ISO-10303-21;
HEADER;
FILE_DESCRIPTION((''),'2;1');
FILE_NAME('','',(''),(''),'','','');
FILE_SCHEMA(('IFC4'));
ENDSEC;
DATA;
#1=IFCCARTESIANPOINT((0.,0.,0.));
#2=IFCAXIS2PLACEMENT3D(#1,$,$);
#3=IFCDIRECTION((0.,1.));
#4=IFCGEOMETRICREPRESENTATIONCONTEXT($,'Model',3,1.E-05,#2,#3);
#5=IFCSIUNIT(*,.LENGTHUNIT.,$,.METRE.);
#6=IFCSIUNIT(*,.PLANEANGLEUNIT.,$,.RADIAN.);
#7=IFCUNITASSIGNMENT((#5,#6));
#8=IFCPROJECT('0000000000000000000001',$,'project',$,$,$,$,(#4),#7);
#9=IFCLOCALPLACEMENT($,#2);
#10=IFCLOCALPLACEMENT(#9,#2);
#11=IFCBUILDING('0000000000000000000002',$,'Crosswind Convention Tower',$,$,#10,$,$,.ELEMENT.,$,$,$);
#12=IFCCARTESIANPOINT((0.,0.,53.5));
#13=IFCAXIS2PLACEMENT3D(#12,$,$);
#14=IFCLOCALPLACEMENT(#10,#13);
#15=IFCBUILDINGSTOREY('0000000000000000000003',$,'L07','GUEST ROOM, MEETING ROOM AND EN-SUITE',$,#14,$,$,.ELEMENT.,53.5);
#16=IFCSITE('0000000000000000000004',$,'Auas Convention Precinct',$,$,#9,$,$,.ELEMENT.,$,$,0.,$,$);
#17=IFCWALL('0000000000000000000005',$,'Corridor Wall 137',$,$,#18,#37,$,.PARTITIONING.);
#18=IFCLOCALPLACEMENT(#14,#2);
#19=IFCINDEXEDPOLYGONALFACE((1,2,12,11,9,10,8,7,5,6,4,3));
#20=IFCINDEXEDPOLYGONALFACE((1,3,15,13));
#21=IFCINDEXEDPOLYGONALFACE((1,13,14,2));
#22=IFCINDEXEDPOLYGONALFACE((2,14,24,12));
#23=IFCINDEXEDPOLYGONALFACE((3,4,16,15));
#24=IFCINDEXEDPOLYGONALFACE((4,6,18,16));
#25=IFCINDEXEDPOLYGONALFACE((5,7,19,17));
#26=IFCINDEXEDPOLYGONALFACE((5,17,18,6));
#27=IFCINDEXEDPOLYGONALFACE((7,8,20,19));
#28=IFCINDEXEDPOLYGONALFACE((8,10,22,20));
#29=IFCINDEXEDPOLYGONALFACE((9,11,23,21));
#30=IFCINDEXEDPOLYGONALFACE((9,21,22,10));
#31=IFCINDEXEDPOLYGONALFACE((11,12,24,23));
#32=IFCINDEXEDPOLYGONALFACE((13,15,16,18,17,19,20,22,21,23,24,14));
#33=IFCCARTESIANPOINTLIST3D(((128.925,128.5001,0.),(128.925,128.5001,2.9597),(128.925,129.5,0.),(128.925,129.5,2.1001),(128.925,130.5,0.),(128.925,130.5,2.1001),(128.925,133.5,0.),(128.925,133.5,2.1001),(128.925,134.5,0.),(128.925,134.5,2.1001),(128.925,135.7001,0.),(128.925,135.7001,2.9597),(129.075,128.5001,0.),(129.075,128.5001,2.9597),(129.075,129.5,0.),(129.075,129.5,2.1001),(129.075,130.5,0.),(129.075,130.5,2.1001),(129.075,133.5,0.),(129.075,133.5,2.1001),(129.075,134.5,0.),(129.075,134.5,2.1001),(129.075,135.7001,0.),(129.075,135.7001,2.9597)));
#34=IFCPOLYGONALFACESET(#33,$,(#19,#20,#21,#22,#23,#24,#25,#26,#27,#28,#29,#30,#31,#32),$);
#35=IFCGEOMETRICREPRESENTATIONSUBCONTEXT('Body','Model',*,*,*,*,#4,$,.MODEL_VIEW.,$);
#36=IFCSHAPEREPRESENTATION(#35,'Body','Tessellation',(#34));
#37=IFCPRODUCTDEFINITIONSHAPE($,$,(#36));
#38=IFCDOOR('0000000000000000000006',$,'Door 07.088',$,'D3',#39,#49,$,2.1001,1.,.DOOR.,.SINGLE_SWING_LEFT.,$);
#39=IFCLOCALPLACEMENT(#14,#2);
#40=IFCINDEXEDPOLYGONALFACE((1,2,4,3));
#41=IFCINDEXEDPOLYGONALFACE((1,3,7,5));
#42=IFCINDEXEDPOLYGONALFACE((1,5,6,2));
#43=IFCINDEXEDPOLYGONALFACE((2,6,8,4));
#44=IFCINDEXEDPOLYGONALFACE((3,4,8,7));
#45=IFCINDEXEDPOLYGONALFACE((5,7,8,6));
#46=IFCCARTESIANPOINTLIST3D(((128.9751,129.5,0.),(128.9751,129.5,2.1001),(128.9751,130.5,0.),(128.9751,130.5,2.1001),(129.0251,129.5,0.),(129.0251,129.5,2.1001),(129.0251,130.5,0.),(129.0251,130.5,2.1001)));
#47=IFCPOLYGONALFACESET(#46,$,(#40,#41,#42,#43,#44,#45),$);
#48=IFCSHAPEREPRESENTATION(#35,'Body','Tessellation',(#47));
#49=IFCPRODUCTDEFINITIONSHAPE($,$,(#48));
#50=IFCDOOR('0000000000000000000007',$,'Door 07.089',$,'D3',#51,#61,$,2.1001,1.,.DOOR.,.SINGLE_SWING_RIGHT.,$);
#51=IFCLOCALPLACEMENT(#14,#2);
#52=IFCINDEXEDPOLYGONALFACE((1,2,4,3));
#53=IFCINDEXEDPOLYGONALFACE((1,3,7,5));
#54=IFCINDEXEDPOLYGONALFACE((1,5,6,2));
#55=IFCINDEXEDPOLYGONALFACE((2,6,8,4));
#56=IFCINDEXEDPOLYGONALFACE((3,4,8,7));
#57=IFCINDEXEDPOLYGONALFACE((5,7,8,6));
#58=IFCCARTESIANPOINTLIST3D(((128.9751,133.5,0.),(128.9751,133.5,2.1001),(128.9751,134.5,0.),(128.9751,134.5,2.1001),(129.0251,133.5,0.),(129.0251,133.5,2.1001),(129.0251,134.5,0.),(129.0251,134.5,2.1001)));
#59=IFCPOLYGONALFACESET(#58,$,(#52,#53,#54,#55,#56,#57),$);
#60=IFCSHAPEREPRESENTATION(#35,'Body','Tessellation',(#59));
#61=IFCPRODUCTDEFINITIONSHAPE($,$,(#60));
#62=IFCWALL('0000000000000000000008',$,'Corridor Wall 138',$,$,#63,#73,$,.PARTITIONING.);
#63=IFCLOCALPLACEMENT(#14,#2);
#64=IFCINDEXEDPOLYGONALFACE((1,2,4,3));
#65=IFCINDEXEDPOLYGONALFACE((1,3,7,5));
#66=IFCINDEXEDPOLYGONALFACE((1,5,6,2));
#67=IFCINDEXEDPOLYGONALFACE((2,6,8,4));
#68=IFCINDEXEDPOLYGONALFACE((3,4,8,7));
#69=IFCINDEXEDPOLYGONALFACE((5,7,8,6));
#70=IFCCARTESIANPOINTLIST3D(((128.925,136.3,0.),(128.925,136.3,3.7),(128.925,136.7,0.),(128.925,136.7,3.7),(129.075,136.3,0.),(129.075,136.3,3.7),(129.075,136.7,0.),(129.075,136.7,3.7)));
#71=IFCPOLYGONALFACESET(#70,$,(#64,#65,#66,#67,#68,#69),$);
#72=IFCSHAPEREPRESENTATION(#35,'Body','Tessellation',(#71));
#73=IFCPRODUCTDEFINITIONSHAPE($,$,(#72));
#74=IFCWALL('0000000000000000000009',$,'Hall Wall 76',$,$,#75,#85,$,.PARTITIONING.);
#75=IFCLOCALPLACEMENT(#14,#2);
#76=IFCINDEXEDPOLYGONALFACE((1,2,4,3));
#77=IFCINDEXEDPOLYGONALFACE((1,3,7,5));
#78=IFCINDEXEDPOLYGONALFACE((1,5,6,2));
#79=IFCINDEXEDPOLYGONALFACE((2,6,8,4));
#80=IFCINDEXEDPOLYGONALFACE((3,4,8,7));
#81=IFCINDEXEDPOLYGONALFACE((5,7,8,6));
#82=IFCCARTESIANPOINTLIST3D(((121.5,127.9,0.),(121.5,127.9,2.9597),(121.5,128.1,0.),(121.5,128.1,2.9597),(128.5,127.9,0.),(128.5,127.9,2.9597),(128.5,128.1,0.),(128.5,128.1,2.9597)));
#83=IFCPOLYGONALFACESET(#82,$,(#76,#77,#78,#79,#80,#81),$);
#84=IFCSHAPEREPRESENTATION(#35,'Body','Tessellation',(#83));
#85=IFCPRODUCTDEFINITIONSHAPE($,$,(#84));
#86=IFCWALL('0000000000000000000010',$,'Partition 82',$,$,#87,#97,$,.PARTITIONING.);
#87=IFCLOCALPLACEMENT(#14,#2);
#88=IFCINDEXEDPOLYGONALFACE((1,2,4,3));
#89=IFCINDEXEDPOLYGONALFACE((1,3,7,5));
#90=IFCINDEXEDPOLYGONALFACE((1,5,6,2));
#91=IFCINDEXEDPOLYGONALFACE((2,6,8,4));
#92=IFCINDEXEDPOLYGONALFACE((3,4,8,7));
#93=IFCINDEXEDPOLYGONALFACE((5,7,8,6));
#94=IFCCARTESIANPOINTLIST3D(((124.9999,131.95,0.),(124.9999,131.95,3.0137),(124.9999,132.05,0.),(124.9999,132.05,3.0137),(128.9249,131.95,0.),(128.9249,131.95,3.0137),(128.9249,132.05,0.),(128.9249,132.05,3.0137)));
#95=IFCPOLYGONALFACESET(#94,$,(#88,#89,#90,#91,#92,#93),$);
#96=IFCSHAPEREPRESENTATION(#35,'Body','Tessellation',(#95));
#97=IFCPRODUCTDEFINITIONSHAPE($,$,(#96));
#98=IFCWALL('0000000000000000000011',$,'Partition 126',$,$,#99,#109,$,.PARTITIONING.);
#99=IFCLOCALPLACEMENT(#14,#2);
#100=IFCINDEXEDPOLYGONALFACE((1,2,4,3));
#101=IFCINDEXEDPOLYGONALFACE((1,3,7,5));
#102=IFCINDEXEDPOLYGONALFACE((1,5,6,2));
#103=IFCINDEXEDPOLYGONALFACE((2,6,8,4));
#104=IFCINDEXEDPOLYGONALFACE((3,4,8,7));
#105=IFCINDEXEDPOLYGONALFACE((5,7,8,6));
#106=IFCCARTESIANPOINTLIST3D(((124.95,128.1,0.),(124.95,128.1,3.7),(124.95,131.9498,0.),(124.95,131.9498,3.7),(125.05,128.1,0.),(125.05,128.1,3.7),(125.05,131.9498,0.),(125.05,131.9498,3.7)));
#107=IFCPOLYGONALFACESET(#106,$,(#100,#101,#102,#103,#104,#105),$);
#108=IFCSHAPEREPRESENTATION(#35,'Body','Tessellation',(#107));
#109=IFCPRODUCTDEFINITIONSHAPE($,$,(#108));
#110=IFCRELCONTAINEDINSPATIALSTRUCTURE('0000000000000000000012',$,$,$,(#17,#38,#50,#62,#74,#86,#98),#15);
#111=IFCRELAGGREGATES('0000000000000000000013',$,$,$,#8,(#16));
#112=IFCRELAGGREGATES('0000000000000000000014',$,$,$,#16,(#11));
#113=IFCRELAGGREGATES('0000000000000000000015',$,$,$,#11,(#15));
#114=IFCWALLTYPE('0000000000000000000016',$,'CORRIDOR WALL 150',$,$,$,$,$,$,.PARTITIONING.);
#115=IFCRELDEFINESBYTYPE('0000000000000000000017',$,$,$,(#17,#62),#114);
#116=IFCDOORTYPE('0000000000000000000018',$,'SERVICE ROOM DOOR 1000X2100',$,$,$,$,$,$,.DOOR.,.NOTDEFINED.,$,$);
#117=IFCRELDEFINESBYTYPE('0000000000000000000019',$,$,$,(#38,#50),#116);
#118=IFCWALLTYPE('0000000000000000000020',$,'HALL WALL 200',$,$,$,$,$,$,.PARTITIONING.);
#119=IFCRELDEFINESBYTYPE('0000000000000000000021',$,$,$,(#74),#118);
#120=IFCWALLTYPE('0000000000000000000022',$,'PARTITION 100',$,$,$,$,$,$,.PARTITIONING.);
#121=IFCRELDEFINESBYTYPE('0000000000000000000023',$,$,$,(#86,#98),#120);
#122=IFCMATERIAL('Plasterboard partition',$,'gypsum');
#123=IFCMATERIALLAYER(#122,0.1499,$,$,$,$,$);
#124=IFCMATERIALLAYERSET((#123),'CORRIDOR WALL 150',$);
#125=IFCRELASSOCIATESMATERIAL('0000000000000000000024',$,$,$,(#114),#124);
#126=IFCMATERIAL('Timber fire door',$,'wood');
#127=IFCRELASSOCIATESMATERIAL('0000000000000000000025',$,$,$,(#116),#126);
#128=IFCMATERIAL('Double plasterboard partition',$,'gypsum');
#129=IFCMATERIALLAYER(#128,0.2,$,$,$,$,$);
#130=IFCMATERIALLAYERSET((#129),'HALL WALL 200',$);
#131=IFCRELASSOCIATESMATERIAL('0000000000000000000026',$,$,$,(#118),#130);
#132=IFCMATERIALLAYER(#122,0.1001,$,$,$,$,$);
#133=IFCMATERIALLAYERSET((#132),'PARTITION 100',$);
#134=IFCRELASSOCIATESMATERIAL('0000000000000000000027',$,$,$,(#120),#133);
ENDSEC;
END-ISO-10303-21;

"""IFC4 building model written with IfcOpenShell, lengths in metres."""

from ifc_helpers import new_model, si_unit, direction, frame, frame_2d, origin, place, context, subcontext, project, spatial, rectangle, extrude, material, layer, layer_set, type_object, element, fill, save


model = new_model("IFC4")

# Units and contexts
model_context = context("Model", 3, precision=1e-05, world=origin(), true_north=direction((0.0, 1.0)))
body_context = subcontext(model_context, "Body", "Model", "MODEL_VIEW")
ifc_project = project(units=[si_unit("LENGTHUNIT", "METRE"), si_unit("PLANEANGLEUNIT", "RADIAN")], contexts=[model_context])

# Site, building, storey
site_placement = place(None, origin())
site = spatial("IfcSite", under=ifc_project, at=site_placement, Name="Auas Convention Precinct", CompositionType="ELEMENT", RefElevation=0.0)
building_placement = place(site_placement, origin())
building = spatial("IfcBuilding", under=site, at=building_placement, Name="Crosswind Convention Tower", CompositionType="ELEMENT")
storey_placement = place(building_placement, frame((0.0, 0.0, 53.5)))
storey = spatial("IfcBuildingStorey", under=building, at=storey_placement, Name="L07", Description="GUEST ROOM, MEETING ROOM AND EN-SUITE", CompositionType="ELEMENT", Elevation=53.5)

# Wall, openings, doors
ifc_material_1 = material(Name="Plasterboard partition", Category="gypsum")
ifc_layer_1 = layer(ifc_material_1, 0.1499)
ifc_layer_set_1 = layer_set([ifc_layer_1], Name="CORRIDOR WALL 150")
wall_type_1 = type_object("IfcWallType", Name="CORRIDOR WALL 150", PredefinedType="PARTITIONING", material=ifc_layer_set_1)
wall_1_placement = place(storey_placement, frame((129.0, 128.5, 0.0), z_axis=(0.0, 0.0, 1.0), x_axis=(0.0, 1.0, 0.0)))
wall_1 = element("IfcWall", 1, at=wall_1_placement, inside=storey, type_object=wall_type_1, Name="Corridor Wall 137", PredefinedType="PARTITIONING", context=body_context, shape_type="SweptSolid", body=[
    extrude(rectangle(XDim=7.2, YDim=0.1499, at=frame_2d((3.6001, 0.0))), origin(), (0.0, 0.0, 1.0), 2.9597),
])
opening_1_placement = place(wall_1_placement, frame((1.0, 0.0, 0.0)))
opening_1 = element("IfcOpeningElement", 2, at=opening_1_placement, cuts=wall_1, PredefinedType="OPENING", context=body_context, shape_type="SweptSolid", body=[
    extrude(rectangle(XDim=1.0, YDim=2.1001, at=frame_2d((0.5, 1.05))), frame((0.0, 0.085, 0.0), z_axis=(0.0, -1.0, 0.0), x_axis=(1.0, 0.0, 0.0)), (0.0, 0.0, 1.0), 0.1699),
])
opening_2_placement = place(wall_1_placement, frame((5.0, 0.0, 0.0)))
opening_2 = element("IfcOpeningElement", 3, at=opening_2_placement, cuts=wall_1, PredefinedType="OPENING", context=body_context, shape_type="SweptSolid", body=[
    extrude(rectangle(XDim=1.0, YDim=2.1001, at=frame_2d((0.5, 1.05))), frame((0.0, 0.085, 0.0), z_axis=(0.0, -1.0, 0.0), x_axis=(1.0, 0.0, 0.0)), (0.0, 0.0, 1.0), 0.1699),
])
ifc_material_2 = material(Name="Timber fire door", Category="wood")
door_type = type_object("IfcDoorType", Name="SERVICE ROOM DOOR 1000X2100", OperationType="NOTDEFINED", PredefinedType="DOOR", material=ifc_material_2)
door_1_placement = place(opening_1_placement, origin())
door_1 = element("IfcDoor", 4, at=door_1_placement, inside=storey, type_object=door_type, Name="Door 07.088", ObjectType="D3", OperationType="SINGLE_SWING_LEFT", OverallHeight=2.1001, OverallWidth=1.0, PredefinedType="DOOR", context=body_context, shape_type="SweptSolid", body=[
    extrude(rectangle(XDim=1.0, YDim=2.1001, at=frame_2d((0.5, 1.05))), frame((0.0, 0.0249, 0.0), z_axis=(0.0, -1.0, 0.0), x_axis=(1.0, 0.0, 0.0)), (0.0, 0.0, 1.0), 0.05),
])
fill(opening_1, door_1)
door_2_placement = place(opening_2_placement, origin())
door_2 = element("IfcDoor", 5, at=door_2_placement, inside=storey, type_object=door_type, Name="Door 07.089", ObjectType="D3", OperationType="SINGLE_SWING_RIGHT", OverallHeight=2.1001, OverallWidth=1.0, PredefinedType="DOOR", context=body_context, shape_type="SweptSolid", body=[
    extrude(rectangle(XDim=1.0, YDim=2.1001, at=frame_2d((0.5, 1.05))), frame((0.0, 0.0249, 0.0), z_axis=(0.0, -1.0, 0.0), x_axis=(1.0, 0.0, 0.0)), (0.0, 0.0, 1.0), 0.05),
])
fill(opening_2, door_2)

# Walls
wall_2_placement = place(storey_placement, frame((129.0, 136.3, 0.0), z_axis=(0.0, 0.0, 1.0), x_axis=(0.0, 1.0, 0.0)))
element("IfcWall", 6, at=wall_2_placement, inside=storey, type_object=wall_type_1, Name="Corridor Wall 138", PredefinedType="PARTITIONING", context=body_context, shape_type="SweptSolid", body=[
    extrude(rectangle(XDim=0.3999, YDim=0.1499, at=frame_2d((0.2, 0.0))), origin(), (0.0, 0.0, 1.0), 3.7),
])
ifc_material_3 = material(Name="Double plasterboard partition", Category="gypsum")
ifc_layer_2 = layer(ifc_material_3, 0.2)
ifc_layer_set_2 = layer_set([ifc_layer_2], Name="HALL WALL 200")
wall_type_2 = type_object("IfcWallType", Name="HALL WALL 200", PredefinedType="PARTITIONING", material=ifc_layer_set_2)
wall_3_placement = place(storey_placement, frame((121.5, 128.0, 0.0), z_axis=(0.0, 0.0, 1.0), x_axis=(1.0, 0.0, 0.0)))
element("IfcWall", 7, at=wall_3_placement, inside=storey, type_object=wall_type_2, Name="Hall Wall 76", PredefinedType="PARTITIONING", context=body_context, shape_type="SweptSolid", body=[
    extrude(rectangle(XDim=7.0, YDim=0.2, at=frame_2d((3.5, 0.0))), origin(), (0.0, 0.0, 1.0), 2.9597),
])
ifc_layer_3 = layer(ifc_material_1, 0.1001)
ifc_layer_set_3 = layer_set([ifc_layer_3], Name="PARTITION 100")
wall_type_3 = type_object("IfcWallType", Name="PARTITION 100", PredefinedType="PARTITIONING", material=ifc_layer_set_3)
wall_4_placement = place(storey_placement, frame((125.0, 132.0, 0.0), z_axis=(0.0, 0.0, 1.0), x_axis=(1.0, 0.0, 0.0)))
element("IfcWall", 8, at=wall_4_placement, inside=storey, type_object=wall_type_3, Name="Partition 82", PredefinedType="PARTITIONING", context=body_context, shape_type="SweptSolid", body=[
    extrude(rectangle(XDim=3.925, YDim=0.1001, at=frame_2d((1.9624, 0.0))), origin(), (0.0, 0.0, 1.0), 3.0137),
])
wall_5_placement = place(storey_placement, frame((125.0, 128.1001, 0.0), z_axis=(0.0, 0.0, 1.0), x_axis=(0.0, 1.0, 0.0)))
element("IfcWall", 9, at=wall_5_placement, inside=storey, type_object=wall_type_3, Name="Partition 126", PredefinedType="PARTITIONING", context=body_context, shape_type="SweptSolid", body=[
    extrude(rectangle(XDim=3.8499, YDim=0.1001, at=frame_2d((1.9248, 0.0))), origin(), (0.0, 0.0, 1.0), 3.7),
])

save(model, "model.ifc")
